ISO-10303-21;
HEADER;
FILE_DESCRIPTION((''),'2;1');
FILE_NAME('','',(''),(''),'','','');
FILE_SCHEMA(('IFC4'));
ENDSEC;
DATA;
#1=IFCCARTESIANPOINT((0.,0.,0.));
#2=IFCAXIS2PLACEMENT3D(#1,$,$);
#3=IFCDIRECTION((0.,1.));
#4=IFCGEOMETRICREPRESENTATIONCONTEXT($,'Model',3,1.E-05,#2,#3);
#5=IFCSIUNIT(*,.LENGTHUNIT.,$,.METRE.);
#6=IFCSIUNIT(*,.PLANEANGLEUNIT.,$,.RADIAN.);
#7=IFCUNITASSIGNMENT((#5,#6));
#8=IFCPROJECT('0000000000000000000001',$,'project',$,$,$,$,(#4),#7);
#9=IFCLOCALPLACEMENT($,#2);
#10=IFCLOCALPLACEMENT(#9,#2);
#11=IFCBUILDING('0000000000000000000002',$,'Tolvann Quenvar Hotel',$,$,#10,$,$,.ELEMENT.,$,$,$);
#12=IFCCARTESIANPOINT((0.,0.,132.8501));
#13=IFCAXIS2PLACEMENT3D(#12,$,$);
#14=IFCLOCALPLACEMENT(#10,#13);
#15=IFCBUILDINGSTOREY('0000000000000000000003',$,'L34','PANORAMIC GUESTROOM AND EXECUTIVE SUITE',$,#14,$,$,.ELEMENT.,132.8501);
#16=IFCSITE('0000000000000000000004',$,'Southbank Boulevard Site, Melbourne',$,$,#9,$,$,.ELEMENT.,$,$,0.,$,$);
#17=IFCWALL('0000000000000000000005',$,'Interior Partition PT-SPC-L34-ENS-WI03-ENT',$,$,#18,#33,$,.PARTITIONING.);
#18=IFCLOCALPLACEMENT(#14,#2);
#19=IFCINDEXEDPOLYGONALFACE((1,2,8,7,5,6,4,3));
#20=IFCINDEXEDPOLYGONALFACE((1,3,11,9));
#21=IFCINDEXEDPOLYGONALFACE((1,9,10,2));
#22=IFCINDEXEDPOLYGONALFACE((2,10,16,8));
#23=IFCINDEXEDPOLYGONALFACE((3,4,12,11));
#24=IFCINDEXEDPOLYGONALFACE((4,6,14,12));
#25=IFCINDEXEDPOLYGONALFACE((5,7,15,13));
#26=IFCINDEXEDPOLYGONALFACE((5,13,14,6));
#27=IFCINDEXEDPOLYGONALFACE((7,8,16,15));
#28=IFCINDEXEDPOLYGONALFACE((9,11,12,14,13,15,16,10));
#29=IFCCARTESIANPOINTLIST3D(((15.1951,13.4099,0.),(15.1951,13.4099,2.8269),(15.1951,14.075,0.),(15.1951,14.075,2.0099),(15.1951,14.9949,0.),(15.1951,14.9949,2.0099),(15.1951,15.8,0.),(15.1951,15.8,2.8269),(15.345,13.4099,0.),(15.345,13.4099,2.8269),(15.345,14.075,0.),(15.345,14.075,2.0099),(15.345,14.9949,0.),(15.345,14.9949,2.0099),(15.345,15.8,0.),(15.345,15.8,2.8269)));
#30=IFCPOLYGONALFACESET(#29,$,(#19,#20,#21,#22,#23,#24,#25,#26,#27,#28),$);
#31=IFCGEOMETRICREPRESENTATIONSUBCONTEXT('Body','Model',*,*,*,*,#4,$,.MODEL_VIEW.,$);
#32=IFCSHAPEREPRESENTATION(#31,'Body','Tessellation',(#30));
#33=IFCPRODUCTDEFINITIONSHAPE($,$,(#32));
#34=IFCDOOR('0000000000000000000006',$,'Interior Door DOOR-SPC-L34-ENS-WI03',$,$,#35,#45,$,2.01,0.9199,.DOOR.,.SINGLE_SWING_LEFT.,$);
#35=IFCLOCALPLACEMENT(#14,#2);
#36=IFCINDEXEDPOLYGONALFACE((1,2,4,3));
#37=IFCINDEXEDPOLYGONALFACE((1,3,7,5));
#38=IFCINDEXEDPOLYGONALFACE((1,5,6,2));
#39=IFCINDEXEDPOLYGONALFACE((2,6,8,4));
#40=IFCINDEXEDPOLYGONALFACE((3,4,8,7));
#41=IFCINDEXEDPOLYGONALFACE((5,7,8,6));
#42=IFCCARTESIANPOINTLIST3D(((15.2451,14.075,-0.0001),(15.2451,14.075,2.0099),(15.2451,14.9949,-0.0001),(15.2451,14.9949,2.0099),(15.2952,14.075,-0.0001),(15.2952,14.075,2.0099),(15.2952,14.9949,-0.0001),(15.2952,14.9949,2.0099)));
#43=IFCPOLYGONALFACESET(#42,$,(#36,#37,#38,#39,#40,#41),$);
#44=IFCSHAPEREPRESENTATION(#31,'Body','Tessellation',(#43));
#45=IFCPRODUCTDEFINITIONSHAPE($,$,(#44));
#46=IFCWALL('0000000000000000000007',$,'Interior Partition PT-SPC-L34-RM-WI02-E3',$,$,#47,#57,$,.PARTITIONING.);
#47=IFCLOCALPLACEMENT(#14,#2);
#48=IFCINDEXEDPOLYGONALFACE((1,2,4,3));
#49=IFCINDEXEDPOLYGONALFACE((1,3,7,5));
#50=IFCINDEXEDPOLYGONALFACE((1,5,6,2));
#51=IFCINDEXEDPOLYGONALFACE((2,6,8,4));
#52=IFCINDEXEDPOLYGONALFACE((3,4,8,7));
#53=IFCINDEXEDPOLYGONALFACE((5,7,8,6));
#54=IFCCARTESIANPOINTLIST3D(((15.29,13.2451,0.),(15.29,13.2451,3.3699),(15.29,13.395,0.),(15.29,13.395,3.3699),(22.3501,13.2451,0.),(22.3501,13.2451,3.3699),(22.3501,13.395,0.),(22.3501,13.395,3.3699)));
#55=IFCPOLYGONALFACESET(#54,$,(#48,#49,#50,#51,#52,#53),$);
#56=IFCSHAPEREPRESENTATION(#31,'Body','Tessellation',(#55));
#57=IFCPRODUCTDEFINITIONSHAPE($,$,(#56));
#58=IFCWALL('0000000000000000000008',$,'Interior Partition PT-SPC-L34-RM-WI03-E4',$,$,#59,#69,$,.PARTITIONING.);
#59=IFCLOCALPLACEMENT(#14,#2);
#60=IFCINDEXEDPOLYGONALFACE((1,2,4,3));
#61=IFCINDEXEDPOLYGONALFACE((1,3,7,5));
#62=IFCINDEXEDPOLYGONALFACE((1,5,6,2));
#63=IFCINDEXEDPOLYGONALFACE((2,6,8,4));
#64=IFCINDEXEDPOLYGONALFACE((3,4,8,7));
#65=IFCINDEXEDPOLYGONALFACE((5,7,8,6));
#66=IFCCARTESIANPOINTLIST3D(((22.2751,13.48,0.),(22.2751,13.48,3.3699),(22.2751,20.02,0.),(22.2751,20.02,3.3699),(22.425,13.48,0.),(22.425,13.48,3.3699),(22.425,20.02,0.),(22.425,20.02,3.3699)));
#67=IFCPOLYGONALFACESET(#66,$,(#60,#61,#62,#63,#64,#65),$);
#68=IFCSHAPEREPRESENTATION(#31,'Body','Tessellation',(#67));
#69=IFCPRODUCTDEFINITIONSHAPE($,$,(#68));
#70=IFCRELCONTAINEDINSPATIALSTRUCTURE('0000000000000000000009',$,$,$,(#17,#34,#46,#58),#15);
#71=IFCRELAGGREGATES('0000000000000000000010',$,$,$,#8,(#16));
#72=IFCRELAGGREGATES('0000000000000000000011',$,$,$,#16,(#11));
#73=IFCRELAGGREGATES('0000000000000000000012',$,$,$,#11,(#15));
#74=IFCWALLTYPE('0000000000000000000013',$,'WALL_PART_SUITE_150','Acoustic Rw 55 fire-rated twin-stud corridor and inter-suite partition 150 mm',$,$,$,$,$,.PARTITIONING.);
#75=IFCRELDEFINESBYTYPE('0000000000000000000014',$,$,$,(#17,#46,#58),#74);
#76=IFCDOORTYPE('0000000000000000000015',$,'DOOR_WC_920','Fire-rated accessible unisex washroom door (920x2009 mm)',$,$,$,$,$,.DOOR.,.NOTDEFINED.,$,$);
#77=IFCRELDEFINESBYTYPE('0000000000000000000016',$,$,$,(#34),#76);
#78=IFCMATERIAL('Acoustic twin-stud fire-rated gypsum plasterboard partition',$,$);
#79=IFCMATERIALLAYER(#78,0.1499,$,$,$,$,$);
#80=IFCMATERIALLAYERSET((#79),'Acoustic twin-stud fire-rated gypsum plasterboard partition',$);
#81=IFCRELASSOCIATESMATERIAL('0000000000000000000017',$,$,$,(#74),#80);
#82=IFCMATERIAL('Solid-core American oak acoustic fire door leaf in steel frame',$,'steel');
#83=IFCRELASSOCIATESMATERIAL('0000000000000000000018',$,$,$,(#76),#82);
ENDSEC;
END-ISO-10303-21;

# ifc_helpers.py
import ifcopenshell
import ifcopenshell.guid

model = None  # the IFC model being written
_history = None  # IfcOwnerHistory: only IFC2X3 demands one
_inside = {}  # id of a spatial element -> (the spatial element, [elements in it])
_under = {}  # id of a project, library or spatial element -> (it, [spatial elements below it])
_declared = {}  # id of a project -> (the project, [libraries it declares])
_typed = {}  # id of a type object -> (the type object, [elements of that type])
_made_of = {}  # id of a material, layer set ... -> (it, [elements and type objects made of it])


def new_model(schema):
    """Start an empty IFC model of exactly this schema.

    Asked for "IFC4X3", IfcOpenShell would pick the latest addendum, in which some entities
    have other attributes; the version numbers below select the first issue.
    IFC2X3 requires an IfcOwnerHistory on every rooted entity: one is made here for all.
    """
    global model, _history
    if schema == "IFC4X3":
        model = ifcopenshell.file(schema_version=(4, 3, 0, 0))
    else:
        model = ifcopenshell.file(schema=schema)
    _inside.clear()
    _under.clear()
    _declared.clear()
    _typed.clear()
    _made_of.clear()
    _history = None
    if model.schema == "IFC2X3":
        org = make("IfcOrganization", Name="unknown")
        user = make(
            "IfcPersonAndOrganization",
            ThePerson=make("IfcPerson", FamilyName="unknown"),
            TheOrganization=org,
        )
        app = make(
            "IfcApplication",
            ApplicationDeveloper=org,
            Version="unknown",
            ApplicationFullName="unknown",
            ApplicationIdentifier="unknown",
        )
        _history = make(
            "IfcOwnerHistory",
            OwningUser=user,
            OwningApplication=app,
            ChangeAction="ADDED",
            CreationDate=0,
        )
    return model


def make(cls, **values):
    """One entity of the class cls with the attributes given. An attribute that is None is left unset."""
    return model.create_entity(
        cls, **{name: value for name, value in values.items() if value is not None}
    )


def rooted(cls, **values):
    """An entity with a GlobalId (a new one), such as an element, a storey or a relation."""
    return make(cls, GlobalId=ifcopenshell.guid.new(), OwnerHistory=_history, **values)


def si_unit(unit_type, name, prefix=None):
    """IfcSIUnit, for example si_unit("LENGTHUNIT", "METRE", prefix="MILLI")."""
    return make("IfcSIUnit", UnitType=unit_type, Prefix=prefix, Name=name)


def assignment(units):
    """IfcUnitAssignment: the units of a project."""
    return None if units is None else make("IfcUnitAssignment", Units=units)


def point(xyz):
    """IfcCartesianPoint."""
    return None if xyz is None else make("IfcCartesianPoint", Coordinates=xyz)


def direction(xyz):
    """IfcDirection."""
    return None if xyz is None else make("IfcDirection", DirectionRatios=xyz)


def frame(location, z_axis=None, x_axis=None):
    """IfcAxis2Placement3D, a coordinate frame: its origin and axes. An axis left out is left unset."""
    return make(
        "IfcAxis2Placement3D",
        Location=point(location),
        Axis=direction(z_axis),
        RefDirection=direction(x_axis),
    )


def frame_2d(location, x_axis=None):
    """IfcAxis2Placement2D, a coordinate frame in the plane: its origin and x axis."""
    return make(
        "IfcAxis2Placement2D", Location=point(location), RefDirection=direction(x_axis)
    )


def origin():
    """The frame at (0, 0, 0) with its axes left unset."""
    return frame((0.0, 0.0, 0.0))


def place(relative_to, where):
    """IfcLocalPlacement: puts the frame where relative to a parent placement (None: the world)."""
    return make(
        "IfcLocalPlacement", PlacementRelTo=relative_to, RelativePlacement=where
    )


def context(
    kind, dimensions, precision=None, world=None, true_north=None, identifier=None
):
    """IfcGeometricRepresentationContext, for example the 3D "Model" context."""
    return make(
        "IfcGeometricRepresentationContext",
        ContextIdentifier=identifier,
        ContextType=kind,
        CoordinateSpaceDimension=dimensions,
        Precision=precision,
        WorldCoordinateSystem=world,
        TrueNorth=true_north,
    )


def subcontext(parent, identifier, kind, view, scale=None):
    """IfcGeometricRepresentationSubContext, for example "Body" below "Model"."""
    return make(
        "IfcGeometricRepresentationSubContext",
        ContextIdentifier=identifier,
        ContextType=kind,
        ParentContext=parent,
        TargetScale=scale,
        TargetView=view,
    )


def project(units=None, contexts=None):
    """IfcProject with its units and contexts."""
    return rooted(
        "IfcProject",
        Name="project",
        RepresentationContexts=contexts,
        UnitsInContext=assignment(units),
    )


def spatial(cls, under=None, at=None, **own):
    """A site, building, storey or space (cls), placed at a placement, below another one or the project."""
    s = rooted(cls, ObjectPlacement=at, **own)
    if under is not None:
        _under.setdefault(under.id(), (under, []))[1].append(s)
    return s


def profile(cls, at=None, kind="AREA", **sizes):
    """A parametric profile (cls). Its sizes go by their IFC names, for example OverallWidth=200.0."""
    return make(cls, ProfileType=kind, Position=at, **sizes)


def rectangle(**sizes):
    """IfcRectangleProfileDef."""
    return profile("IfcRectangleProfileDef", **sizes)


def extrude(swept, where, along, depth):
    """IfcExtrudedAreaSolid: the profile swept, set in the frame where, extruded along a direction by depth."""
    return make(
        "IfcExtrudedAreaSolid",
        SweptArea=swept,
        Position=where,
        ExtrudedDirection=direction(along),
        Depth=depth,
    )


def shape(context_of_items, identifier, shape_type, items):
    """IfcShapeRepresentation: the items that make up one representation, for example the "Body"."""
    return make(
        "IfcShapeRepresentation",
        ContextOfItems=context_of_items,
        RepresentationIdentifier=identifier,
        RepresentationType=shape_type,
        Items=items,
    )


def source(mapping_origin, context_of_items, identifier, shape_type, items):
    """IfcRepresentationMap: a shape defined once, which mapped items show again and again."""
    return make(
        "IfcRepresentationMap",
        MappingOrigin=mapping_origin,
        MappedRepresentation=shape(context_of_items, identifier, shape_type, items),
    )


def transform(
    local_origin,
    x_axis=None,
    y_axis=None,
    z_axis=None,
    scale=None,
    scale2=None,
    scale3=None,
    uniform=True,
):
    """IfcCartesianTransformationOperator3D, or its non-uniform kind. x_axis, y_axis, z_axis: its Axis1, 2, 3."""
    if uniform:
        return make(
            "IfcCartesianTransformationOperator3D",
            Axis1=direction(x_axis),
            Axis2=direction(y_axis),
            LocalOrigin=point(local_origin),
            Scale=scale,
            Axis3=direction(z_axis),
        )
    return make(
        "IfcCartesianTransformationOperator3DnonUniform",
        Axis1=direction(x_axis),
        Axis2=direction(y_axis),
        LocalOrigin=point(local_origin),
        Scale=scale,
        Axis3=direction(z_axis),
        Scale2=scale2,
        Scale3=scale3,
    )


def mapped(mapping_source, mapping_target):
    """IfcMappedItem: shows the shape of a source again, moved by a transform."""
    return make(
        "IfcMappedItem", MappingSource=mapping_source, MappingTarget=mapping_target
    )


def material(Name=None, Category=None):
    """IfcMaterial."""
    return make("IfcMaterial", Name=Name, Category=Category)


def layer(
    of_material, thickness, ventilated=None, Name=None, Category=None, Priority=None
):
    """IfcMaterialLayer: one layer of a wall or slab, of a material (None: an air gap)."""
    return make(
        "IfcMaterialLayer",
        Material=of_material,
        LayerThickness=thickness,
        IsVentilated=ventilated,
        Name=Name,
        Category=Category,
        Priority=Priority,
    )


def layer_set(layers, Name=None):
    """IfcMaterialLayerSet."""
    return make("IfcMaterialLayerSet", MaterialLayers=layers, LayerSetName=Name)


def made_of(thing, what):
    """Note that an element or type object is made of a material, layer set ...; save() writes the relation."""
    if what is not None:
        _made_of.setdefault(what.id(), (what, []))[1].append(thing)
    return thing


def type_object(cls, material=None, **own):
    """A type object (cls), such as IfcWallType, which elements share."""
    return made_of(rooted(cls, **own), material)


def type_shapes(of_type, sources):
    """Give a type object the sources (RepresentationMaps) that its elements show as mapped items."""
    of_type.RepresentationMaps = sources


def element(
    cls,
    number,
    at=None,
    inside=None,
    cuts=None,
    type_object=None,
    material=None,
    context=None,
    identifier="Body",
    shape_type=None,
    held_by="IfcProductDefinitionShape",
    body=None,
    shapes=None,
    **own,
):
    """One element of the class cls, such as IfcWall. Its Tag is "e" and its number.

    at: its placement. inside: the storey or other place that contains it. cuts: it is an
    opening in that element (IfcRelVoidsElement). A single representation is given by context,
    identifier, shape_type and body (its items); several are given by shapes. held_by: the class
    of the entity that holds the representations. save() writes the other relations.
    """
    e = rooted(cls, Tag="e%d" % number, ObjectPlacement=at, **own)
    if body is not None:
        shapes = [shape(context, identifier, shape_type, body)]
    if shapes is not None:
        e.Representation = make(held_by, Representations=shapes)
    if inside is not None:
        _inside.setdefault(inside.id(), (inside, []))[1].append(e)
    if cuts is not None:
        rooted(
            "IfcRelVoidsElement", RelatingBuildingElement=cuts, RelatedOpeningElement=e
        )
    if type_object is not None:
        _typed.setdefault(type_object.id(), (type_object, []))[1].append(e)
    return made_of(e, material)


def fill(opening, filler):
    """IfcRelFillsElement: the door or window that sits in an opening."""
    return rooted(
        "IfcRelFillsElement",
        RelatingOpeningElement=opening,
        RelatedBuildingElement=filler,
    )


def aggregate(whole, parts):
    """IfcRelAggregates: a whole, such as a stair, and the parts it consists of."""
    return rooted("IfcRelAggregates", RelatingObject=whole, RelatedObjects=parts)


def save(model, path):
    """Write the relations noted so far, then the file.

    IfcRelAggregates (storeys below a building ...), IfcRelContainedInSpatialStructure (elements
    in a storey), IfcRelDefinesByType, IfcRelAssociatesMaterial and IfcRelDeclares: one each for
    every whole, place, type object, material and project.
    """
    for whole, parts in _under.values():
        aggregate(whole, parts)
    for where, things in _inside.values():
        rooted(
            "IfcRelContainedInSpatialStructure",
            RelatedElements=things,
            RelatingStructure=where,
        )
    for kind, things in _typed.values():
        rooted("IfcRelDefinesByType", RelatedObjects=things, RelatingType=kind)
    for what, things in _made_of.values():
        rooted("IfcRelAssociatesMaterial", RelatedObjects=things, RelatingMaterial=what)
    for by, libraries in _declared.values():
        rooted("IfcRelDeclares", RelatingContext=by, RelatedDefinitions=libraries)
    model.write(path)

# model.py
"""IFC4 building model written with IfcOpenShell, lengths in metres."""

from ifc_helpers import new_model, si_unit, direction, frame, frame_2d, origin, place, context, subcontext, project, spatial, rectangle, extrude, source, transform, mapped, material, layer, layer_set, type_object, type_shapes, element, fill, save


model = new_model("IFC4")

# Units and contexts
model_context = context("Model", 3, precision=1e-05, world=origin(), true_north=direction((0.0, 1.0)))
body_context = subcontext(model_context, "Body", "Model", "MODEL_VIEW")
ifc_project = project(units=[si_unit("LENGTHUNIT", "METRE"), si_unit("PLANEANGLEUNIT", "RADIAN")], contexts=[model_context])

# Site, building, storey
site_placement = place(None, origin())
site = spatial("IfcSite", under=ifc_project, at=site_placement, Name="Southbank Boulevard Site, Melbourne", CompositionType="ELEMENT", RefElevation=0.0)
building_placement = place(site_placement, origin())
building = spatial("IfcBuilding", under=site, at=building_placement, Name="Tolvann Quenvar Hotel", CompositionType="ELEMENT")
storey_placement = place(building_placement, frame((0.0, 0.0, 132.8501)))
storey = spatial("IfcBuildingStorey", under=building, at=storey_placement, Name="L34", Description="PANORAMIC GUESTROOM AND EXECUTIVE SUITE", CompositionType="ELEMENT", Elevation=132.8501)

# Shared definitions
ifc_material_1 = material(Name="Acoustic twin-stud fire-rated gypsum plasterboard partition")

# Shared definitions
ifc_material_2 = material(Name="Solid-core American oak acoustic fire door leaf in steel frame", Category="steel")

# Wall, opening, door
ifc_layer_1 = layer(ifc_material_1, 0.1499)
ifc_layer_set_1 = layer_set([ifc_layer_1], Name="Acoustic twin-stud fire-rated gypsum plasterboard partition")
wall_type_1 = type_object("IfcWallType", Name="WALL_PART_SUITE_150", Description="Acoustic Rw 55 fire-rated twin-stud corridor and inter-suite partition 150 mm", PredefinedType="PARTITIONING", material=ifc_layer_set_1)
wall_1_placement = place(storey_placement, frame((15.27, 13.4099, 0.0), z_axis=(0.0, 0.0, 1.0), x_axis=(0.0, 1.0, 0.0)))
wall_1 = element("IfcWall", 1, at=wall_1_placement, inside=storey, type_object=wall_type_1, Name="Interior Partition PT-SPC-L34-ENS-WI03-ENT", PredefinedType="PARTITIONING", context=body_context, shape_type="SweptSolid", body=[
    extrude(rectangle(XDim=2.3901, YDim=0.1499, at=frame_2d((1.1951, 0.0))), origin(), (0.0, 0.0, 1.0), 2.8269),
])
opening_1_placement = place(wall_1_placement, frame((0.665, 0.0, 0.0)))
opening_1 = element("IfcOpeningElement", 2, at=opening_1_placement, cuts=wall_1, PredefinedType="OPENING", context=body_context, shape_type="SweptSolid", body=[
    extrude(rectangle(XDim=0.9199, YDim=2.01, at=frame_2d((0.46, 1.0049))), frame((0.0, 0.085, 0.0), z_axis=(0.0, -1.0, 0.0), x_axis=(1.0, 0.0, 0.0)), (0.0, 0.0, 1.0), 0.1699),
])
door_type_1 = type_object("IfcDoorType", Name="DOOR_WC_920", Description="Fire-rated accessible unisex washroom door (920x2009 mm)", OperationType="NOTDEFINED", PredefinedType="DOOR", material=ifc_material_2)
shared_shape_1 = source(origin(), body_context, "Body", "SweptSolid", [
    extrude(rectangle(XDim=0.9199, YDim=2.01, at=frame_2d((0.46, 1.0049))), frame((0.0, 0.0249, 0.0), z_axis=(0.0, -1.0, 0.0), x_axis=(1.0, 0.0, 0.0)), (0.0, 0.0, 1.0), 0.05),
])
type_shapes(door_type_1, [shared_shape_1])
door_1_placement = place(opening_1_placement, origin())
door_1 = element("IfcDoor", 3, at=door_1_placement, inside=storey, type_object=door_type_1, Name="Interior Door DOOR-SPC-L34-ENS-WI03", OperationType="SINGLE_SWING_LEFT", OverallHeight=2.01, OverallWidth=0.9199, PredefinedType="DOOR", context=body_context, shape_type="MappedRepresentation", body=[
    mapped(shared_shape_1, transform((0.0, 0.0, 0.0), x_axis=(1.0, 0.0, 0.0), y_axis=(0.0, 1.0, 0.0), z_axis=(0.0, 0.0, 1.0), scale=1.0)),
])
fill(opening_1, door_1)

# Walls
wall_2_placement = place(storey_placement, frame((15.29, 13.3201, 0.0), z_axis=(0.0, 0.0, 1.0), x_axis=(1.0, 0.0, 0.0)))
element("IfcWall", 4, at=wall_2_placement, inside=storey, type_object=wall_type_1, Name="Interior Partition PT-SPC-L34-RM-WI02-E3", PredefinedType="PARTITIONING", context=body_context, shape_type="SweptSolid", body=[
    extrude(rectangle(XDim=7.0601, YDim=0.1499, at=frame_2d((3.53, 0.0))), origin(), (0.0, 0.0, 1.0), 3.3699),
])
wall_3_placement = place(storey_placement, frame((22.3501, 13.48, 0.0), z_axis=(0.0, 0.0, 1.0), x_axis=(0.0, 1.0, 0.0)))
element("IfcWall", 5, at=wall_3_placement, inside=storey, type_object=wall_type_1, Name="Interior Partition PT-SPC-L34-RM-WI03-E4", PredefinedType="PARTITIONING", context=body_context, shape_type="SweptSolid", body=[
    extrude(rectangle(XDim=6.54, YDim=0.1499, at=frame_2d((3.27, 0.0))), origin(), (0.0, 0.0, 1.0), 3.3699),
])

save(model, "model.ifc")
